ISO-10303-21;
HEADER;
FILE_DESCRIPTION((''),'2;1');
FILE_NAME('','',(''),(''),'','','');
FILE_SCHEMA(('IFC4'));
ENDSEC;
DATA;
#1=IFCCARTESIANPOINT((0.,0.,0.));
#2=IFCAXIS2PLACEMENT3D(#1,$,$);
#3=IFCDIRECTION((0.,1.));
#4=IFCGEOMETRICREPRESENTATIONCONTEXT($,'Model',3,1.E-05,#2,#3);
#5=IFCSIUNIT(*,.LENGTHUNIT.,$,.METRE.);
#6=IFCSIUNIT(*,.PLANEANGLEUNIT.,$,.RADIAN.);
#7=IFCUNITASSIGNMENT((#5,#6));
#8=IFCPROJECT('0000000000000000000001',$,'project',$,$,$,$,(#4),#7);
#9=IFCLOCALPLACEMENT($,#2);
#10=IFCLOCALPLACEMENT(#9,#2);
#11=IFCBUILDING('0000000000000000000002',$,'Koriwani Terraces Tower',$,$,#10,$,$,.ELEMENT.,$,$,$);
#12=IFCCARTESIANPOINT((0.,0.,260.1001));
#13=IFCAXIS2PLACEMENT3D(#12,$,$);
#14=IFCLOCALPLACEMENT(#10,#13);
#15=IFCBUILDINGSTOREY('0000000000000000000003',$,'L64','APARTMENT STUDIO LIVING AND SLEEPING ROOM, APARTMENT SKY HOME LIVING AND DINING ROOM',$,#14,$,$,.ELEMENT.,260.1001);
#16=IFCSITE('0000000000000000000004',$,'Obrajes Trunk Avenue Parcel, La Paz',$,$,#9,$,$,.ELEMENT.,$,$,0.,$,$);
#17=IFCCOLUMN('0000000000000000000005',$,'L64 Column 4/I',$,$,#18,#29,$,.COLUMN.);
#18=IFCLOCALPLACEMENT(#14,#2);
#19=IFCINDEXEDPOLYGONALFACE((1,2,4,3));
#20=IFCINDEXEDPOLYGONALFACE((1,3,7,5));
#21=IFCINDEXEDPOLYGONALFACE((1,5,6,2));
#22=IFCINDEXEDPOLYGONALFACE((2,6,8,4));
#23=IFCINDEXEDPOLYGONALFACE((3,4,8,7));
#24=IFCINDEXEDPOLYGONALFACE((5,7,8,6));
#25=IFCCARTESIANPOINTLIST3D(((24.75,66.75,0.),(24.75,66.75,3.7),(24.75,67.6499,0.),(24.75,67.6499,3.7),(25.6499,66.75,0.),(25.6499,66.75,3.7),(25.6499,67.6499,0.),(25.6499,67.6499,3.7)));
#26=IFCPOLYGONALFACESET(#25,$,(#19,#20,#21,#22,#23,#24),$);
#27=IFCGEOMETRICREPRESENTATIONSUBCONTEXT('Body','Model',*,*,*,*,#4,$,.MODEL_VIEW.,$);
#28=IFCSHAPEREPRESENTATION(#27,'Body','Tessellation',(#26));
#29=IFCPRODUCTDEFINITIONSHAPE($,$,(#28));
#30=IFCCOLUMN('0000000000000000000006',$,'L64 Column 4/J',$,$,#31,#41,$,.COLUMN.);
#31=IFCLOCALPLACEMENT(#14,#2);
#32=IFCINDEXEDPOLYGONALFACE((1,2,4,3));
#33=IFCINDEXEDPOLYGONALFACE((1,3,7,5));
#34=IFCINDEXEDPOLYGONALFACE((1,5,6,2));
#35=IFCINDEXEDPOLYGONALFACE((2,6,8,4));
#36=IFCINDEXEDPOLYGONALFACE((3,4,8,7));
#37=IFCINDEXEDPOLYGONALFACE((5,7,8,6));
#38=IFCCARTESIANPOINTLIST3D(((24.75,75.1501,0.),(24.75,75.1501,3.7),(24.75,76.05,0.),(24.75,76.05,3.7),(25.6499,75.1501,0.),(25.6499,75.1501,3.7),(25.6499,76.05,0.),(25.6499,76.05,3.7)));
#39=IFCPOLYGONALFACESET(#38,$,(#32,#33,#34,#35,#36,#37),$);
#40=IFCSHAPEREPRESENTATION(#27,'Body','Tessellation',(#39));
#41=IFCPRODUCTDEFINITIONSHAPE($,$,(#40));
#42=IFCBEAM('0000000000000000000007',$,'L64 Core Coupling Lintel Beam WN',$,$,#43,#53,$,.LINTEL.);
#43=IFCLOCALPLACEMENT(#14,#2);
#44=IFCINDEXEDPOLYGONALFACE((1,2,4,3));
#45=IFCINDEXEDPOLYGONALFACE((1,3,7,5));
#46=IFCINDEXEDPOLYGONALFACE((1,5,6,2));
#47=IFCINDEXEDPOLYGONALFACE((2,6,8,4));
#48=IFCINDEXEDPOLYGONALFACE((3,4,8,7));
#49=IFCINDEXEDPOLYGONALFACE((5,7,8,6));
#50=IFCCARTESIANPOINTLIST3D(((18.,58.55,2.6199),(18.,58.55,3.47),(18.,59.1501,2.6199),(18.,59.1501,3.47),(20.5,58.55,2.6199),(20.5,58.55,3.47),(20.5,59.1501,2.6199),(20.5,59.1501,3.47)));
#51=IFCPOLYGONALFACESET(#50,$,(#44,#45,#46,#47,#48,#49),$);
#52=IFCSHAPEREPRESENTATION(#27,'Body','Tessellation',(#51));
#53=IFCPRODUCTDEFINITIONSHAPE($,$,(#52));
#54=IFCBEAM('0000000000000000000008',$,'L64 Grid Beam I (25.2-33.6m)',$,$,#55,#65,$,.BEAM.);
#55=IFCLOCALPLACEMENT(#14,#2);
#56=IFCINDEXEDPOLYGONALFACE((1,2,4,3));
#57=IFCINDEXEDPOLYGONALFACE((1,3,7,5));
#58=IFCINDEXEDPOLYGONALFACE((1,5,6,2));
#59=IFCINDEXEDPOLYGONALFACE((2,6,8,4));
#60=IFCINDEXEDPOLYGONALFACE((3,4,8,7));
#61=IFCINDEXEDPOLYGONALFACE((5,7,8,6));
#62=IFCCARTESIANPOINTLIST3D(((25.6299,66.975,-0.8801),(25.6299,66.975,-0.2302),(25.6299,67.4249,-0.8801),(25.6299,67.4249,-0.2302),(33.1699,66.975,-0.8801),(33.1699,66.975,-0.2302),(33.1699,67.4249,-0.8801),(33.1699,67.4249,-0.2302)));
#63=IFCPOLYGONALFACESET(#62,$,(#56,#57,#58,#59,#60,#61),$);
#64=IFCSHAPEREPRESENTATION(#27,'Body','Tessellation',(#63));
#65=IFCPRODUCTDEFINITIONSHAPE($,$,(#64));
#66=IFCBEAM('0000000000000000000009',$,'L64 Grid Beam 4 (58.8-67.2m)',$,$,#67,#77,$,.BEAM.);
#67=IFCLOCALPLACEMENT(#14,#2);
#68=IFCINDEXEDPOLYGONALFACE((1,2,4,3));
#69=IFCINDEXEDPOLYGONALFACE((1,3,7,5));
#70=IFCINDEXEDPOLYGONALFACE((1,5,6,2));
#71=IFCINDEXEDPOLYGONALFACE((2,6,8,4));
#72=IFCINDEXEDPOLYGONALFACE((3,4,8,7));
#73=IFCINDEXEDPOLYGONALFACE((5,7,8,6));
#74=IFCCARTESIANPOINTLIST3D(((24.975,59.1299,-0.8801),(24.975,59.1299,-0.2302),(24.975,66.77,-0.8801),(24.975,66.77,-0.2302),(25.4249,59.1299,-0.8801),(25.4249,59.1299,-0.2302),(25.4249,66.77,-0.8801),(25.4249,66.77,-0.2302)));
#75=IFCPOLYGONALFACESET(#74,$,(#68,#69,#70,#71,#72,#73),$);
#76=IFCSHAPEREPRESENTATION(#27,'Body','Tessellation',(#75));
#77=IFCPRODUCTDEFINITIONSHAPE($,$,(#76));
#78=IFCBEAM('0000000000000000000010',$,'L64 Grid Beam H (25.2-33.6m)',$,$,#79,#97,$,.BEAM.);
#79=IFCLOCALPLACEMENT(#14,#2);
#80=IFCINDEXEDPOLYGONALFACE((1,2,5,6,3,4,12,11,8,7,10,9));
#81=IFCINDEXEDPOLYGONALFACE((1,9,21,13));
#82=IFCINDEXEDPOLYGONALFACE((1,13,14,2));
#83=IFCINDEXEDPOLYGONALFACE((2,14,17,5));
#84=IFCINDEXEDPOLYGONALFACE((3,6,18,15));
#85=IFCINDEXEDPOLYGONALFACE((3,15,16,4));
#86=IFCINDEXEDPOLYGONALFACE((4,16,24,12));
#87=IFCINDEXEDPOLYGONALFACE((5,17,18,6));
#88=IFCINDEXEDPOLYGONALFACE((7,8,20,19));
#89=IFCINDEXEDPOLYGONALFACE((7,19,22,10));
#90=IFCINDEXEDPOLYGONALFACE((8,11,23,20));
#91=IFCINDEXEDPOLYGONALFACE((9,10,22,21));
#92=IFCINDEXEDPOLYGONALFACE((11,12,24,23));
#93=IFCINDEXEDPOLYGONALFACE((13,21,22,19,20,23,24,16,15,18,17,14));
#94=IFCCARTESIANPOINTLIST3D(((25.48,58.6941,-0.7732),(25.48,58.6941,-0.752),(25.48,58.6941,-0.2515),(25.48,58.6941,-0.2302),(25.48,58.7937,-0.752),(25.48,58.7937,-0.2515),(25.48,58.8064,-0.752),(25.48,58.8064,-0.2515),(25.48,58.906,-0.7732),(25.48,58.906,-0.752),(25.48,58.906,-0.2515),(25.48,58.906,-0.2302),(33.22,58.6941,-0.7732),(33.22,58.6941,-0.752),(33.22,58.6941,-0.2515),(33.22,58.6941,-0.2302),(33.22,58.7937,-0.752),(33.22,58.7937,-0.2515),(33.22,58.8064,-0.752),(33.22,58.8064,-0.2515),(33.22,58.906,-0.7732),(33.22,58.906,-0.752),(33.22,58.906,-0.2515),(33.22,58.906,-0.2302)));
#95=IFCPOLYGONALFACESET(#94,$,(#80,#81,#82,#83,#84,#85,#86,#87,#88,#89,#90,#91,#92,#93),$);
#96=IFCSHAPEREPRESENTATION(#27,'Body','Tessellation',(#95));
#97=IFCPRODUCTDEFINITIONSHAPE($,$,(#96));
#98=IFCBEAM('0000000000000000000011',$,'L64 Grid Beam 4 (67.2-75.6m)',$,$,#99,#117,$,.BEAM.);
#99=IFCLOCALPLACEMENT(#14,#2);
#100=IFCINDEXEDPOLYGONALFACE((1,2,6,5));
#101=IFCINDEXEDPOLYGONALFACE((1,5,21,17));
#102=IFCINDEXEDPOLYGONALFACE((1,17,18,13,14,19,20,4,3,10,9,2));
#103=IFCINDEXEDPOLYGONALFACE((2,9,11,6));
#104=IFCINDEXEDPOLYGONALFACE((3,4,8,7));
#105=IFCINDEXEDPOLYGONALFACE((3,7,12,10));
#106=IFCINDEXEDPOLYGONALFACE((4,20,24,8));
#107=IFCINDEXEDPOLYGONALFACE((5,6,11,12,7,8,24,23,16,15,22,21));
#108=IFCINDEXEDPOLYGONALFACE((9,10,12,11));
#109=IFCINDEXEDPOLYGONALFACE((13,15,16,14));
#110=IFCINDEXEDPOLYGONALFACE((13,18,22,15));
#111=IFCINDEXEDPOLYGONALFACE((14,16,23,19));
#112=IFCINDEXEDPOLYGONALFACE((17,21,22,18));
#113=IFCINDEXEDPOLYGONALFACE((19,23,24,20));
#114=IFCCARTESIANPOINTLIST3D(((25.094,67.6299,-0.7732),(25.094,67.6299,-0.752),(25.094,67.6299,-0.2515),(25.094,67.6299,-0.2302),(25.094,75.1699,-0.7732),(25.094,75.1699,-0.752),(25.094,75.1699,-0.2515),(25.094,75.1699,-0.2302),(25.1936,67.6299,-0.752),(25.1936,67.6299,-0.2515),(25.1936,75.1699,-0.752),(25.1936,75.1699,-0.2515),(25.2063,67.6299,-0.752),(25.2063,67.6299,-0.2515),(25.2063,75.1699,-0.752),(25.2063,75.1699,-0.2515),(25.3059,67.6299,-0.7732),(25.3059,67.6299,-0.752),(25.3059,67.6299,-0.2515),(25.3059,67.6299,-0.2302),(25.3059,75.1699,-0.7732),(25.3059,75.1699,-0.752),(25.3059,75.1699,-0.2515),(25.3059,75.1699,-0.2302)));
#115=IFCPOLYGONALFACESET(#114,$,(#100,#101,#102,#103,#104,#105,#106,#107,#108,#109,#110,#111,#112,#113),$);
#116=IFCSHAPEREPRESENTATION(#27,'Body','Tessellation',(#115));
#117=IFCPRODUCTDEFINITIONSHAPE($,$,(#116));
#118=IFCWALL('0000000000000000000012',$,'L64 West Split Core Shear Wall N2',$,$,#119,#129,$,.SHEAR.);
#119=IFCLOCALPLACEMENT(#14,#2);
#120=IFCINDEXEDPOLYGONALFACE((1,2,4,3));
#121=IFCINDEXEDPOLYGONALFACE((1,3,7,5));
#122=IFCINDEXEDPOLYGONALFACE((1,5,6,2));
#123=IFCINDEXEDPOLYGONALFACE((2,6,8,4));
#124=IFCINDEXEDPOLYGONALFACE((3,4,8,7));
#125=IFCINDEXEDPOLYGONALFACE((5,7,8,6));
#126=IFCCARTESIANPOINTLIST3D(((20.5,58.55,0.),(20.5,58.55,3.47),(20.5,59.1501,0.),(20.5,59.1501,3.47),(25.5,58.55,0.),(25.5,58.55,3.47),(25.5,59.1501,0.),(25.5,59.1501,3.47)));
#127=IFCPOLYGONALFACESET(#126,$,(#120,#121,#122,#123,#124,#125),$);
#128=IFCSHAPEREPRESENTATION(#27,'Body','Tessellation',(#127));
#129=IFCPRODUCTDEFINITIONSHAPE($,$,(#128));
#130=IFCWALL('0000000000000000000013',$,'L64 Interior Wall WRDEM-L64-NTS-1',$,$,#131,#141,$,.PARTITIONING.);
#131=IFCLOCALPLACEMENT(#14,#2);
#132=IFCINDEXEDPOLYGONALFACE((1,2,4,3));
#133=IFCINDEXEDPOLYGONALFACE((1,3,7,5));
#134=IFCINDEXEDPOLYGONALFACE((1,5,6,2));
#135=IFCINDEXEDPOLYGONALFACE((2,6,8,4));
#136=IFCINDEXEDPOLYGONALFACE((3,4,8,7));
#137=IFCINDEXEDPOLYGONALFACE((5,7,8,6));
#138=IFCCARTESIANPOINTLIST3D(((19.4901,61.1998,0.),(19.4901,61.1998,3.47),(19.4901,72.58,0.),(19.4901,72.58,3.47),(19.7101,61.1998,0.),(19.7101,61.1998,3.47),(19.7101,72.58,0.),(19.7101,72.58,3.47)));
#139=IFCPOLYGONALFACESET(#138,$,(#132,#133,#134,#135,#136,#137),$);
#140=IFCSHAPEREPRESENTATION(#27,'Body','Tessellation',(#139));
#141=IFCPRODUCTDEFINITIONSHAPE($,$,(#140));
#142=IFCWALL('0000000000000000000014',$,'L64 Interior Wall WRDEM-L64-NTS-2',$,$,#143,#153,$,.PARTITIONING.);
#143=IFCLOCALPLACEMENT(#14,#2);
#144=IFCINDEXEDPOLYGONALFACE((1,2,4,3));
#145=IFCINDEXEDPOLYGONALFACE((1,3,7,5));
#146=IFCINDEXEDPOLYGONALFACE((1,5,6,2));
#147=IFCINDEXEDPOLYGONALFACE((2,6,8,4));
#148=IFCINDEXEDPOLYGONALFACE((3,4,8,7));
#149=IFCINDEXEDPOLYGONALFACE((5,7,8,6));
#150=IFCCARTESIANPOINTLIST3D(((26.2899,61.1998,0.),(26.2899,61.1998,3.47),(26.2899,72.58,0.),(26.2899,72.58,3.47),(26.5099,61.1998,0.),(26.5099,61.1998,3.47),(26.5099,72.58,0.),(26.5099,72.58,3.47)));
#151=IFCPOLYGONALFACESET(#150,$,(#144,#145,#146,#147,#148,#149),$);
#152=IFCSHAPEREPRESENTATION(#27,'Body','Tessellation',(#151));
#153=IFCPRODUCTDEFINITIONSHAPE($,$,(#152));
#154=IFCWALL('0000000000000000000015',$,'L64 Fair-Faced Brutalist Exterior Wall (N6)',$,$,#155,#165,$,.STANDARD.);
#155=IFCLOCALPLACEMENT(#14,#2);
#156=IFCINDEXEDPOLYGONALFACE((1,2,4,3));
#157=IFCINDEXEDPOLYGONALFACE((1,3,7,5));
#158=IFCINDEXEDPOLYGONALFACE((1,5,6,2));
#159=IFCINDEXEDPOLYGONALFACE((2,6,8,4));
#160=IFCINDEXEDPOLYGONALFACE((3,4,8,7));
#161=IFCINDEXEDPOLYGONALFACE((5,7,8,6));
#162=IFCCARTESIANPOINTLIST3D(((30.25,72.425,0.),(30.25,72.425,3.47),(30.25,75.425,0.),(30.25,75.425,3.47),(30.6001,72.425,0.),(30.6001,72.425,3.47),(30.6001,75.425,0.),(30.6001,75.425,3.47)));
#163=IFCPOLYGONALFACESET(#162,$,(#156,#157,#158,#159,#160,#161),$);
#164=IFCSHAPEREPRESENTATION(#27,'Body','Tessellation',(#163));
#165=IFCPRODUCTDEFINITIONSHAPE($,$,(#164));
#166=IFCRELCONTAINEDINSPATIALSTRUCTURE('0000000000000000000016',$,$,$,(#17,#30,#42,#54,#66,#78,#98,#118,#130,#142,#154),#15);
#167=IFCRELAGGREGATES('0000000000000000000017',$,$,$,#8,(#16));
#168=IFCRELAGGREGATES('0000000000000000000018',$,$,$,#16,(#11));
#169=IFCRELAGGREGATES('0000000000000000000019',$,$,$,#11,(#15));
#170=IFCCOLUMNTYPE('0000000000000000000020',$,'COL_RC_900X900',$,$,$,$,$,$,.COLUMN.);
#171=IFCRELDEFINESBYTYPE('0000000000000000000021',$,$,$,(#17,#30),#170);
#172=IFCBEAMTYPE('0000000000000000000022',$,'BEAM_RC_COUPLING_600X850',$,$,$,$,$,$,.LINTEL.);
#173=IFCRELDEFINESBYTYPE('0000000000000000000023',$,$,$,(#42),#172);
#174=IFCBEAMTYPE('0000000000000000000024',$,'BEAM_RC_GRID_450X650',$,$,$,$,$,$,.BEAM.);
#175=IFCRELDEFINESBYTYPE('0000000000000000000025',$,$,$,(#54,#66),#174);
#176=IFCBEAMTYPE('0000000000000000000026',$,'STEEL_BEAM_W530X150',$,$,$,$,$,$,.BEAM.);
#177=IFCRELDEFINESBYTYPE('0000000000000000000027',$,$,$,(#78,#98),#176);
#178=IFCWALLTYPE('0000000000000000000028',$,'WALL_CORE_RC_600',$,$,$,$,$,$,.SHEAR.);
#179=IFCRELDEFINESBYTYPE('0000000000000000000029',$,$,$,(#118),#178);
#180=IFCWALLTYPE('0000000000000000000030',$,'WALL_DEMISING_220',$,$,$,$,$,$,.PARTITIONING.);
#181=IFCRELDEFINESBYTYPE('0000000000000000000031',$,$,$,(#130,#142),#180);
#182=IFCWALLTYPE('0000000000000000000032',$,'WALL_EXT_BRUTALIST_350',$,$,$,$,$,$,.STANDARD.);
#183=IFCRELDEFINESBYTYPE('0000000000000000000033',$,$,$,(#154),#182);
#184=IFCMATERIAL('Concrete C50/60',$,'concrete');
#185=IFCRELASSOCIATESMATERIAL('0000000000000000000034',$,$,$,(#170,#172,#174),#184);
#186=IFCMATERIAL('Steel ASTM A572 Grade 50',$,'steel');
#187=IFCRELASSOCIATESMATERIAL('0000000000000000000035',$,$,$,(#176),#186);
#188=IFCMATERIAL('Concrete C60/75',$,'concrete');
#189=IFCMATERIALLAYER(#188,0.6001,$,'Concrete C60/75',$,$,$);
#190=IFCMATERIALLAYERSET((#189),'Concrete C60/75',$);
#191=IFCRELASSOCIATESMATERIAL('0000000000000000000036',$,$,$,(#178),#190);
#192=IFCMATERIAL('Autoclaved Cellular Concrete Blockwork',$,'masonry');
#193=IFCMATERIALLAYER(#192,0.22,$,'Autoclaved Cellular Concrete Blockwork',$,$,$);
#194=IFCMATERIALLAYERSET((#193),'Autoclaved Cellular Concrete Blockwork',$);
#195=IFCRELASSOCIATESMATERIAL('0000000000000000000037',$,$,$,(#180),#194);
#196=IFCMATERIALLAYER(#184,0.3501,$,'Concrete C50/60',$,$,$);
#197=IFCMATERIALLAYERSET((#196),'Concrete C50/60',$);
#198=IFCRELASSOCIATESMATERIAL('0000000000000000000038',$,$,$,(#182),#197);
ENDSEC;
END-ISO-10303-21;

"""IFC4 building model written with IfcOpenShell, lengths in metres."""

from ifc_helpers import new_model, si_unit, direction, frame, frame_2d, origin, origin_2d, place, context, subcontext, project, spatial, rectangle, i_section, extrude, material, layer, layer_set, material_profile, profile_set, type_object, element, save


model = new_model("IFC4")

# Units and contexts
model_context = context("Model", 3, precision=1e-05, world=origin(), true_north=direction((0.0, 1.0)))
body_context = subcontext(model_context, "Body", "Model", "MODEL_VIEW")
ifc_project = project(units=[si_unit("LENGTHUNIT", "METRE"), si_unit("PLANEANGLEUNIT", "RADIAN")], contexts=[model_context])

# Site, building, storey
site_placement = place(None, origin())
site = spatial("IfcSite", under=ifc_project, at=site_placement, Name="Obrajes Trunk Avenue Parcel, La Paz", CompositionType="ELEMENT", RefElevation=0.0)
building_placement = place(site_placement, origin())
building = spatial("IfcBuilding", under=site, at=building_placement, Name="Koriwani Terraces Tower", CompositionType="ELEMENT")
storey_placement = place(building_placement, frame((0.0, 0.0, 260.1001)))
storey = spatial("IfcBuildingStorey", under=building, at=storey_placement, Name="L64", Description="APARTMENT STUDIO LIVING AND SLEEPING ROOM, APARTMENT SKY HOME LIVING AND DINING ROOM", CompositionType="ELEMENT", Elevation=260.1001)

# Columns
ifc_material_1 = material(Name="Concrete C50/60", Category="concrete")
ifc_material_profile_1 = material_profile(ifc_material_1, rectangle(XDim=0.8999, YDim=0.8999, at=origin_2d()), Name="Concrete C50/60", Category="LoadBearing")
ifc_profile_set_1 = profile_set([ifc_material_profile_1], Name="Concrete C50/60")
column_type = type_object("IfcColumnType", Name="COL_RC_900X900", PredefinedType="COLUMN", material=ifc_profile_set_1)
for number, where, z_axis, x_axis, name in (
    (1, (25.2, 67.2, 0.0), (0.0, 0.0, 1.0), (1.0, 0.0, 0.0), "L64 Column 4/I"),
    (2, (25.2, 75.6001, 0.0), (0.0, 0.0, 1.0), (1.0, 0.0, 0.0), "L64 Column 4/J"),
):
    element("IfcColumn", number, at=place(storey_placement, frame(where, z_axis=z_axis, x_axis=x_axis)), inside=storey, type_object=column_type, Name=name, PredefinedType="COLUMN", context=body_context, shape_type="SweptSolid", body=[
        extrude(rectangle(XDim=0.8999, YDim=0.8999, at=origin_2d()), origin(), (0.0, 0.0, 1.0), 3.7),
    ])

# Beams
ifc_material_profile_2 = material_profile(ifc_material_1, rectangle(XDim=0.6001, YDim=0.8501, at=origin_2d()), Name="Concrete C50/60", Category="LoadBearing")
ifc_profile_set_2 = profile_set([ifc_material_profile_2], Name="Concrete C50/60")
beam_type_1 = type_object("IfcBeamType", Name="BEAM_RC_COUPLING_600X850", PredefinedType="LINTEL", material=ifc_profile_set_2)
beam_1_placement = place(storey_placement, frame((18.0, 58.8501, 3.0449), z_axis=(1.0, 0.0, 0.0), x_axis=(0.0, 1.0, 0.0)))
element("IfcBeam", 3, at=beam_1_placement, inside=storey, type_object=beam_type_1, Name="L64 Core Coupling Lintel Beam WN", PredefinedType="LINTEL", context=body_context, shape_type="SweptSolid", body=[
    extrude(rectangle(XDim=0.6001, YDim=0.8501, at=origin_2d()), origin(), (0.0, 0.0, 1.0), 2.5),
])
ifc_material_profile_3 = material_profile(ifc_material_1, rectangle(XDim=0.45, YDim=0.6499, at=origin_2d()), Name="Concrete C50/60", Category="LoadBearing")
ifc_profile_set_3 = profile_set([ifc_material_profile_3], Name="Concrete C50/60")
beam_type_2 = type_object("IfcBeamType", Name="BEAM_RC_GRID_450X650", PredefinedType="BEAM", material=ifc_profile_set_3)
beam_2_placement = place(storey_placement, frame((25.6299, 67.2, -0.5552), z_axis=(1.0, 0.0, 0.0), x_axis=(0.0, 1.0, 0.0)))
element("IfcBeam", 4, at=beam_2_placement, inside=storey, type_object=beam_type_2, Name="L64 Grid Beam I (25.2-33.6m)", PredefinedType="BEAM", context=body_context, shape_type="SweptSolid", body=[
    extrude(rectangle(XDim=0.45, YDim=0.6499, at=origin_2d()), origin(), (0.0, 0.0, 1.0), 7.54),
])
beam_3_placement = place(storey_placement, frame((25.2, 59.1299, -0.5552), z_axis=(0.0, 1.0, 0.0), x_axis=(-1.0, 0.0, 0.0)))
element("IfcBeam", 5, at=beam_3_placement, inside=storey, type_object=beam_type_2, Name="L64 Grid Beam 4 (58.8-67.2m)", PredefinedType="BEAM", context=body_context, shape_type="SweptSolid", body=[
    extrude(rectangle(XDim=0.45, YDim=0.6499, at=origin_2d()), origin(), (0.0, 0.0, 1.0), 7.6401),
])
ifc_material_2 = material(Name="Steel ASTM A572 Grade 50", Category="steel")
ifc_material_profile_4 = material_profile(ifc_material_2, i_section(OverallWidth=0.2119, OverallDepth=0.543, WebThickness=0.0127, FlangeThickness=0.0212, at=origin_2d()), Name="Steel ASTM A572 Grade 50", Category="LoadBearing")
ifc_profile_set_4 = profile_set([ifc_material_profile_4], Name="Steel ASTM A572 Grade 50")
beam_type_3 = type_object("IfcBeamType", Name="STEEL_BEAM_W530X150", PredefinedType="BEAM", material=ifc_profile_set_4)
beam_4_placement = place(storey_placement, frame((25.48, 58.8, -0.5017), z_axis=(1.0, 0.0, 0.0), x_axis=(0.0, 1.0, 0.0)))
element("IfcBeam", 6, at=beam_4_placement, inside=storey, type_object=beam_type_3, Name="L64 Grid Beam H (25.2-33.6m)", PredefinedType="BEAM", context=body_context, shape_type="SweptSolid", body=[
    extrude(i_section(OverallWidth=0.2119, OverallDepth=0.543, WebThickness=0.0127, FlangeThickness=0.0212, at=origin_2d()), origin(), (0.0, 0.0, 1.0), 7.74),
])
beam_5_placement = place(storey_placement, frame((25.2, 67.6299, -0.5017), z_axis=(0.0, 1.0, 0.0), x_axis=(-1.0, 0.0, 0.0)))
element("IfcBeam", 7, at=beam_5_placement, inside=storey, type_object=beam_type_3, Name="L64 Grid Beam 4 (67.2-75.6m)", PredefinedType="BEAM", context=body_context, shape_type="SweptSolid", body=[
    extrude(i_section(OverallWidth=0.2119, OverallDepth=0.543, WebThickness=0.0127, FlangeThickness=0.0212, at=origin_2d()), origin(), (0.0, 0.0, 1.0), 7.54),
])

# Walls
ifc_material_3 = material(Name="Concrete C60/75", Category="concrete")
ifc_layer_1 = layer(ifc_material_3, 0.6001, Name="Concrete C60/75")
ifc_layer_set_1 = layer_set([ifc_layer_1], Name="Concrete C60/75")
wall_type_1 = type_object("IfcWallType", Name="WALL_CORE_RC_600", PredefinedType="SHEAR", material=ifc_layer_set_1)
wall_1_placement = place(storey_placement, frame((20.5, 58.8501, 0.0), z_axis=(0.0, 0.0, 1.0), x_axis=(1.0, 0.0, 0.0)))
element("IfcWall", 8, at=wall_1_placement, inside=storey, type_object=wall_type_1, Name="L64 West Split Core Shear Wall N2", PredefinedType="SHEAR", context=body_context, shape_type="SweptSolid", body=[
    extrude(rectangle(XDim=5.0, YDim=0.6001, at=frame_2d((2.5, 0.0))), origin(), (0.0, 0.0, 1.0), 3.47),
])
ifc_material_4 = material(Name="Autoclaved Cellular Concrete Blockwork", Category="masonry")
ifc_layer_2 = layer(ifc_material_4, 0.22, Name="Autoclaved Cellular Concrete Blockwork")
ifc_layer_set_2 = layer_set([ifc_layer_2], Name="Autoclaved Cellular Concrete Blockwork")
wall_type_2 = type_object("IfcWallType", Name="WALL_DEMISING_220", PredefinedType="PARTITIONING", material=ifc_layer_set_2)
for number, where, z_axis, x_axis, name in (
    (9, (19.6001, 61.2, 0.0), (0.0, 0.0, 1.0), (0.0, 1.0, 0.0), "L64 Interior Wall WRDEM-L64-NTS-1"),
    (10, (26.3999, 61.2, 0.0), (0.0, 0.0, 1.0), (0.0, 1.0, 0.0), "L64 Interior Wall WRDEM-L64-NTS-2"),
):
    element("IfcWall", number, at=place(storey_placement, frame(where, z_axis=z_axis, x_axis=x_axis)), inside=storey, type_object=wall_type_2, Name=name, PredefinedType="PARTITIONING", context=body_context, shape_type="SweptSolid", body=[
        extrude(rectangle(XDim=11.3801, YDim=0.22, at=frame_2d((5.6899, 0.0))), origin(), (0.0, 0.0, 1.0), 3.47),
    ])
ifc_layer_3 = layer(ifc_material_1, 0.3501, Name="Concrete C50/60")
ifc_layer_set_3 = layer_set([ifc_layer_3], Name="Concrete C50/60")
wall_type_3 = type_object("IfcWallType", Name="WALL_EXT_BRUTALIST_350", PredefinedType="STANDARD", material=ifc_layer_set_3)
wall_2_placement = place(storey_placement, frame((30.425, 75.425, 0.0), z_axis=(0.0, 0.0, 1.0), x_axis=(0.0, -1.0, 0.0)))
element("IfcWall", 11, at=wall_2_placement, inside=storey, type_object=wall_type_3, Name="L64 Fair-Faced Brutalist Exterior Wall (N6)", PredefinedType="STANDARD", context=body_context, shape_type="SweptSolid", body=[
    extrude(rectangle(XDim=3.0, YDim=0.3501, at=frame_2d((1.5, 0.0))), origin(), (0.0, 0.0, 1.0), 3.47),
])

save(model, "model.ifc")
